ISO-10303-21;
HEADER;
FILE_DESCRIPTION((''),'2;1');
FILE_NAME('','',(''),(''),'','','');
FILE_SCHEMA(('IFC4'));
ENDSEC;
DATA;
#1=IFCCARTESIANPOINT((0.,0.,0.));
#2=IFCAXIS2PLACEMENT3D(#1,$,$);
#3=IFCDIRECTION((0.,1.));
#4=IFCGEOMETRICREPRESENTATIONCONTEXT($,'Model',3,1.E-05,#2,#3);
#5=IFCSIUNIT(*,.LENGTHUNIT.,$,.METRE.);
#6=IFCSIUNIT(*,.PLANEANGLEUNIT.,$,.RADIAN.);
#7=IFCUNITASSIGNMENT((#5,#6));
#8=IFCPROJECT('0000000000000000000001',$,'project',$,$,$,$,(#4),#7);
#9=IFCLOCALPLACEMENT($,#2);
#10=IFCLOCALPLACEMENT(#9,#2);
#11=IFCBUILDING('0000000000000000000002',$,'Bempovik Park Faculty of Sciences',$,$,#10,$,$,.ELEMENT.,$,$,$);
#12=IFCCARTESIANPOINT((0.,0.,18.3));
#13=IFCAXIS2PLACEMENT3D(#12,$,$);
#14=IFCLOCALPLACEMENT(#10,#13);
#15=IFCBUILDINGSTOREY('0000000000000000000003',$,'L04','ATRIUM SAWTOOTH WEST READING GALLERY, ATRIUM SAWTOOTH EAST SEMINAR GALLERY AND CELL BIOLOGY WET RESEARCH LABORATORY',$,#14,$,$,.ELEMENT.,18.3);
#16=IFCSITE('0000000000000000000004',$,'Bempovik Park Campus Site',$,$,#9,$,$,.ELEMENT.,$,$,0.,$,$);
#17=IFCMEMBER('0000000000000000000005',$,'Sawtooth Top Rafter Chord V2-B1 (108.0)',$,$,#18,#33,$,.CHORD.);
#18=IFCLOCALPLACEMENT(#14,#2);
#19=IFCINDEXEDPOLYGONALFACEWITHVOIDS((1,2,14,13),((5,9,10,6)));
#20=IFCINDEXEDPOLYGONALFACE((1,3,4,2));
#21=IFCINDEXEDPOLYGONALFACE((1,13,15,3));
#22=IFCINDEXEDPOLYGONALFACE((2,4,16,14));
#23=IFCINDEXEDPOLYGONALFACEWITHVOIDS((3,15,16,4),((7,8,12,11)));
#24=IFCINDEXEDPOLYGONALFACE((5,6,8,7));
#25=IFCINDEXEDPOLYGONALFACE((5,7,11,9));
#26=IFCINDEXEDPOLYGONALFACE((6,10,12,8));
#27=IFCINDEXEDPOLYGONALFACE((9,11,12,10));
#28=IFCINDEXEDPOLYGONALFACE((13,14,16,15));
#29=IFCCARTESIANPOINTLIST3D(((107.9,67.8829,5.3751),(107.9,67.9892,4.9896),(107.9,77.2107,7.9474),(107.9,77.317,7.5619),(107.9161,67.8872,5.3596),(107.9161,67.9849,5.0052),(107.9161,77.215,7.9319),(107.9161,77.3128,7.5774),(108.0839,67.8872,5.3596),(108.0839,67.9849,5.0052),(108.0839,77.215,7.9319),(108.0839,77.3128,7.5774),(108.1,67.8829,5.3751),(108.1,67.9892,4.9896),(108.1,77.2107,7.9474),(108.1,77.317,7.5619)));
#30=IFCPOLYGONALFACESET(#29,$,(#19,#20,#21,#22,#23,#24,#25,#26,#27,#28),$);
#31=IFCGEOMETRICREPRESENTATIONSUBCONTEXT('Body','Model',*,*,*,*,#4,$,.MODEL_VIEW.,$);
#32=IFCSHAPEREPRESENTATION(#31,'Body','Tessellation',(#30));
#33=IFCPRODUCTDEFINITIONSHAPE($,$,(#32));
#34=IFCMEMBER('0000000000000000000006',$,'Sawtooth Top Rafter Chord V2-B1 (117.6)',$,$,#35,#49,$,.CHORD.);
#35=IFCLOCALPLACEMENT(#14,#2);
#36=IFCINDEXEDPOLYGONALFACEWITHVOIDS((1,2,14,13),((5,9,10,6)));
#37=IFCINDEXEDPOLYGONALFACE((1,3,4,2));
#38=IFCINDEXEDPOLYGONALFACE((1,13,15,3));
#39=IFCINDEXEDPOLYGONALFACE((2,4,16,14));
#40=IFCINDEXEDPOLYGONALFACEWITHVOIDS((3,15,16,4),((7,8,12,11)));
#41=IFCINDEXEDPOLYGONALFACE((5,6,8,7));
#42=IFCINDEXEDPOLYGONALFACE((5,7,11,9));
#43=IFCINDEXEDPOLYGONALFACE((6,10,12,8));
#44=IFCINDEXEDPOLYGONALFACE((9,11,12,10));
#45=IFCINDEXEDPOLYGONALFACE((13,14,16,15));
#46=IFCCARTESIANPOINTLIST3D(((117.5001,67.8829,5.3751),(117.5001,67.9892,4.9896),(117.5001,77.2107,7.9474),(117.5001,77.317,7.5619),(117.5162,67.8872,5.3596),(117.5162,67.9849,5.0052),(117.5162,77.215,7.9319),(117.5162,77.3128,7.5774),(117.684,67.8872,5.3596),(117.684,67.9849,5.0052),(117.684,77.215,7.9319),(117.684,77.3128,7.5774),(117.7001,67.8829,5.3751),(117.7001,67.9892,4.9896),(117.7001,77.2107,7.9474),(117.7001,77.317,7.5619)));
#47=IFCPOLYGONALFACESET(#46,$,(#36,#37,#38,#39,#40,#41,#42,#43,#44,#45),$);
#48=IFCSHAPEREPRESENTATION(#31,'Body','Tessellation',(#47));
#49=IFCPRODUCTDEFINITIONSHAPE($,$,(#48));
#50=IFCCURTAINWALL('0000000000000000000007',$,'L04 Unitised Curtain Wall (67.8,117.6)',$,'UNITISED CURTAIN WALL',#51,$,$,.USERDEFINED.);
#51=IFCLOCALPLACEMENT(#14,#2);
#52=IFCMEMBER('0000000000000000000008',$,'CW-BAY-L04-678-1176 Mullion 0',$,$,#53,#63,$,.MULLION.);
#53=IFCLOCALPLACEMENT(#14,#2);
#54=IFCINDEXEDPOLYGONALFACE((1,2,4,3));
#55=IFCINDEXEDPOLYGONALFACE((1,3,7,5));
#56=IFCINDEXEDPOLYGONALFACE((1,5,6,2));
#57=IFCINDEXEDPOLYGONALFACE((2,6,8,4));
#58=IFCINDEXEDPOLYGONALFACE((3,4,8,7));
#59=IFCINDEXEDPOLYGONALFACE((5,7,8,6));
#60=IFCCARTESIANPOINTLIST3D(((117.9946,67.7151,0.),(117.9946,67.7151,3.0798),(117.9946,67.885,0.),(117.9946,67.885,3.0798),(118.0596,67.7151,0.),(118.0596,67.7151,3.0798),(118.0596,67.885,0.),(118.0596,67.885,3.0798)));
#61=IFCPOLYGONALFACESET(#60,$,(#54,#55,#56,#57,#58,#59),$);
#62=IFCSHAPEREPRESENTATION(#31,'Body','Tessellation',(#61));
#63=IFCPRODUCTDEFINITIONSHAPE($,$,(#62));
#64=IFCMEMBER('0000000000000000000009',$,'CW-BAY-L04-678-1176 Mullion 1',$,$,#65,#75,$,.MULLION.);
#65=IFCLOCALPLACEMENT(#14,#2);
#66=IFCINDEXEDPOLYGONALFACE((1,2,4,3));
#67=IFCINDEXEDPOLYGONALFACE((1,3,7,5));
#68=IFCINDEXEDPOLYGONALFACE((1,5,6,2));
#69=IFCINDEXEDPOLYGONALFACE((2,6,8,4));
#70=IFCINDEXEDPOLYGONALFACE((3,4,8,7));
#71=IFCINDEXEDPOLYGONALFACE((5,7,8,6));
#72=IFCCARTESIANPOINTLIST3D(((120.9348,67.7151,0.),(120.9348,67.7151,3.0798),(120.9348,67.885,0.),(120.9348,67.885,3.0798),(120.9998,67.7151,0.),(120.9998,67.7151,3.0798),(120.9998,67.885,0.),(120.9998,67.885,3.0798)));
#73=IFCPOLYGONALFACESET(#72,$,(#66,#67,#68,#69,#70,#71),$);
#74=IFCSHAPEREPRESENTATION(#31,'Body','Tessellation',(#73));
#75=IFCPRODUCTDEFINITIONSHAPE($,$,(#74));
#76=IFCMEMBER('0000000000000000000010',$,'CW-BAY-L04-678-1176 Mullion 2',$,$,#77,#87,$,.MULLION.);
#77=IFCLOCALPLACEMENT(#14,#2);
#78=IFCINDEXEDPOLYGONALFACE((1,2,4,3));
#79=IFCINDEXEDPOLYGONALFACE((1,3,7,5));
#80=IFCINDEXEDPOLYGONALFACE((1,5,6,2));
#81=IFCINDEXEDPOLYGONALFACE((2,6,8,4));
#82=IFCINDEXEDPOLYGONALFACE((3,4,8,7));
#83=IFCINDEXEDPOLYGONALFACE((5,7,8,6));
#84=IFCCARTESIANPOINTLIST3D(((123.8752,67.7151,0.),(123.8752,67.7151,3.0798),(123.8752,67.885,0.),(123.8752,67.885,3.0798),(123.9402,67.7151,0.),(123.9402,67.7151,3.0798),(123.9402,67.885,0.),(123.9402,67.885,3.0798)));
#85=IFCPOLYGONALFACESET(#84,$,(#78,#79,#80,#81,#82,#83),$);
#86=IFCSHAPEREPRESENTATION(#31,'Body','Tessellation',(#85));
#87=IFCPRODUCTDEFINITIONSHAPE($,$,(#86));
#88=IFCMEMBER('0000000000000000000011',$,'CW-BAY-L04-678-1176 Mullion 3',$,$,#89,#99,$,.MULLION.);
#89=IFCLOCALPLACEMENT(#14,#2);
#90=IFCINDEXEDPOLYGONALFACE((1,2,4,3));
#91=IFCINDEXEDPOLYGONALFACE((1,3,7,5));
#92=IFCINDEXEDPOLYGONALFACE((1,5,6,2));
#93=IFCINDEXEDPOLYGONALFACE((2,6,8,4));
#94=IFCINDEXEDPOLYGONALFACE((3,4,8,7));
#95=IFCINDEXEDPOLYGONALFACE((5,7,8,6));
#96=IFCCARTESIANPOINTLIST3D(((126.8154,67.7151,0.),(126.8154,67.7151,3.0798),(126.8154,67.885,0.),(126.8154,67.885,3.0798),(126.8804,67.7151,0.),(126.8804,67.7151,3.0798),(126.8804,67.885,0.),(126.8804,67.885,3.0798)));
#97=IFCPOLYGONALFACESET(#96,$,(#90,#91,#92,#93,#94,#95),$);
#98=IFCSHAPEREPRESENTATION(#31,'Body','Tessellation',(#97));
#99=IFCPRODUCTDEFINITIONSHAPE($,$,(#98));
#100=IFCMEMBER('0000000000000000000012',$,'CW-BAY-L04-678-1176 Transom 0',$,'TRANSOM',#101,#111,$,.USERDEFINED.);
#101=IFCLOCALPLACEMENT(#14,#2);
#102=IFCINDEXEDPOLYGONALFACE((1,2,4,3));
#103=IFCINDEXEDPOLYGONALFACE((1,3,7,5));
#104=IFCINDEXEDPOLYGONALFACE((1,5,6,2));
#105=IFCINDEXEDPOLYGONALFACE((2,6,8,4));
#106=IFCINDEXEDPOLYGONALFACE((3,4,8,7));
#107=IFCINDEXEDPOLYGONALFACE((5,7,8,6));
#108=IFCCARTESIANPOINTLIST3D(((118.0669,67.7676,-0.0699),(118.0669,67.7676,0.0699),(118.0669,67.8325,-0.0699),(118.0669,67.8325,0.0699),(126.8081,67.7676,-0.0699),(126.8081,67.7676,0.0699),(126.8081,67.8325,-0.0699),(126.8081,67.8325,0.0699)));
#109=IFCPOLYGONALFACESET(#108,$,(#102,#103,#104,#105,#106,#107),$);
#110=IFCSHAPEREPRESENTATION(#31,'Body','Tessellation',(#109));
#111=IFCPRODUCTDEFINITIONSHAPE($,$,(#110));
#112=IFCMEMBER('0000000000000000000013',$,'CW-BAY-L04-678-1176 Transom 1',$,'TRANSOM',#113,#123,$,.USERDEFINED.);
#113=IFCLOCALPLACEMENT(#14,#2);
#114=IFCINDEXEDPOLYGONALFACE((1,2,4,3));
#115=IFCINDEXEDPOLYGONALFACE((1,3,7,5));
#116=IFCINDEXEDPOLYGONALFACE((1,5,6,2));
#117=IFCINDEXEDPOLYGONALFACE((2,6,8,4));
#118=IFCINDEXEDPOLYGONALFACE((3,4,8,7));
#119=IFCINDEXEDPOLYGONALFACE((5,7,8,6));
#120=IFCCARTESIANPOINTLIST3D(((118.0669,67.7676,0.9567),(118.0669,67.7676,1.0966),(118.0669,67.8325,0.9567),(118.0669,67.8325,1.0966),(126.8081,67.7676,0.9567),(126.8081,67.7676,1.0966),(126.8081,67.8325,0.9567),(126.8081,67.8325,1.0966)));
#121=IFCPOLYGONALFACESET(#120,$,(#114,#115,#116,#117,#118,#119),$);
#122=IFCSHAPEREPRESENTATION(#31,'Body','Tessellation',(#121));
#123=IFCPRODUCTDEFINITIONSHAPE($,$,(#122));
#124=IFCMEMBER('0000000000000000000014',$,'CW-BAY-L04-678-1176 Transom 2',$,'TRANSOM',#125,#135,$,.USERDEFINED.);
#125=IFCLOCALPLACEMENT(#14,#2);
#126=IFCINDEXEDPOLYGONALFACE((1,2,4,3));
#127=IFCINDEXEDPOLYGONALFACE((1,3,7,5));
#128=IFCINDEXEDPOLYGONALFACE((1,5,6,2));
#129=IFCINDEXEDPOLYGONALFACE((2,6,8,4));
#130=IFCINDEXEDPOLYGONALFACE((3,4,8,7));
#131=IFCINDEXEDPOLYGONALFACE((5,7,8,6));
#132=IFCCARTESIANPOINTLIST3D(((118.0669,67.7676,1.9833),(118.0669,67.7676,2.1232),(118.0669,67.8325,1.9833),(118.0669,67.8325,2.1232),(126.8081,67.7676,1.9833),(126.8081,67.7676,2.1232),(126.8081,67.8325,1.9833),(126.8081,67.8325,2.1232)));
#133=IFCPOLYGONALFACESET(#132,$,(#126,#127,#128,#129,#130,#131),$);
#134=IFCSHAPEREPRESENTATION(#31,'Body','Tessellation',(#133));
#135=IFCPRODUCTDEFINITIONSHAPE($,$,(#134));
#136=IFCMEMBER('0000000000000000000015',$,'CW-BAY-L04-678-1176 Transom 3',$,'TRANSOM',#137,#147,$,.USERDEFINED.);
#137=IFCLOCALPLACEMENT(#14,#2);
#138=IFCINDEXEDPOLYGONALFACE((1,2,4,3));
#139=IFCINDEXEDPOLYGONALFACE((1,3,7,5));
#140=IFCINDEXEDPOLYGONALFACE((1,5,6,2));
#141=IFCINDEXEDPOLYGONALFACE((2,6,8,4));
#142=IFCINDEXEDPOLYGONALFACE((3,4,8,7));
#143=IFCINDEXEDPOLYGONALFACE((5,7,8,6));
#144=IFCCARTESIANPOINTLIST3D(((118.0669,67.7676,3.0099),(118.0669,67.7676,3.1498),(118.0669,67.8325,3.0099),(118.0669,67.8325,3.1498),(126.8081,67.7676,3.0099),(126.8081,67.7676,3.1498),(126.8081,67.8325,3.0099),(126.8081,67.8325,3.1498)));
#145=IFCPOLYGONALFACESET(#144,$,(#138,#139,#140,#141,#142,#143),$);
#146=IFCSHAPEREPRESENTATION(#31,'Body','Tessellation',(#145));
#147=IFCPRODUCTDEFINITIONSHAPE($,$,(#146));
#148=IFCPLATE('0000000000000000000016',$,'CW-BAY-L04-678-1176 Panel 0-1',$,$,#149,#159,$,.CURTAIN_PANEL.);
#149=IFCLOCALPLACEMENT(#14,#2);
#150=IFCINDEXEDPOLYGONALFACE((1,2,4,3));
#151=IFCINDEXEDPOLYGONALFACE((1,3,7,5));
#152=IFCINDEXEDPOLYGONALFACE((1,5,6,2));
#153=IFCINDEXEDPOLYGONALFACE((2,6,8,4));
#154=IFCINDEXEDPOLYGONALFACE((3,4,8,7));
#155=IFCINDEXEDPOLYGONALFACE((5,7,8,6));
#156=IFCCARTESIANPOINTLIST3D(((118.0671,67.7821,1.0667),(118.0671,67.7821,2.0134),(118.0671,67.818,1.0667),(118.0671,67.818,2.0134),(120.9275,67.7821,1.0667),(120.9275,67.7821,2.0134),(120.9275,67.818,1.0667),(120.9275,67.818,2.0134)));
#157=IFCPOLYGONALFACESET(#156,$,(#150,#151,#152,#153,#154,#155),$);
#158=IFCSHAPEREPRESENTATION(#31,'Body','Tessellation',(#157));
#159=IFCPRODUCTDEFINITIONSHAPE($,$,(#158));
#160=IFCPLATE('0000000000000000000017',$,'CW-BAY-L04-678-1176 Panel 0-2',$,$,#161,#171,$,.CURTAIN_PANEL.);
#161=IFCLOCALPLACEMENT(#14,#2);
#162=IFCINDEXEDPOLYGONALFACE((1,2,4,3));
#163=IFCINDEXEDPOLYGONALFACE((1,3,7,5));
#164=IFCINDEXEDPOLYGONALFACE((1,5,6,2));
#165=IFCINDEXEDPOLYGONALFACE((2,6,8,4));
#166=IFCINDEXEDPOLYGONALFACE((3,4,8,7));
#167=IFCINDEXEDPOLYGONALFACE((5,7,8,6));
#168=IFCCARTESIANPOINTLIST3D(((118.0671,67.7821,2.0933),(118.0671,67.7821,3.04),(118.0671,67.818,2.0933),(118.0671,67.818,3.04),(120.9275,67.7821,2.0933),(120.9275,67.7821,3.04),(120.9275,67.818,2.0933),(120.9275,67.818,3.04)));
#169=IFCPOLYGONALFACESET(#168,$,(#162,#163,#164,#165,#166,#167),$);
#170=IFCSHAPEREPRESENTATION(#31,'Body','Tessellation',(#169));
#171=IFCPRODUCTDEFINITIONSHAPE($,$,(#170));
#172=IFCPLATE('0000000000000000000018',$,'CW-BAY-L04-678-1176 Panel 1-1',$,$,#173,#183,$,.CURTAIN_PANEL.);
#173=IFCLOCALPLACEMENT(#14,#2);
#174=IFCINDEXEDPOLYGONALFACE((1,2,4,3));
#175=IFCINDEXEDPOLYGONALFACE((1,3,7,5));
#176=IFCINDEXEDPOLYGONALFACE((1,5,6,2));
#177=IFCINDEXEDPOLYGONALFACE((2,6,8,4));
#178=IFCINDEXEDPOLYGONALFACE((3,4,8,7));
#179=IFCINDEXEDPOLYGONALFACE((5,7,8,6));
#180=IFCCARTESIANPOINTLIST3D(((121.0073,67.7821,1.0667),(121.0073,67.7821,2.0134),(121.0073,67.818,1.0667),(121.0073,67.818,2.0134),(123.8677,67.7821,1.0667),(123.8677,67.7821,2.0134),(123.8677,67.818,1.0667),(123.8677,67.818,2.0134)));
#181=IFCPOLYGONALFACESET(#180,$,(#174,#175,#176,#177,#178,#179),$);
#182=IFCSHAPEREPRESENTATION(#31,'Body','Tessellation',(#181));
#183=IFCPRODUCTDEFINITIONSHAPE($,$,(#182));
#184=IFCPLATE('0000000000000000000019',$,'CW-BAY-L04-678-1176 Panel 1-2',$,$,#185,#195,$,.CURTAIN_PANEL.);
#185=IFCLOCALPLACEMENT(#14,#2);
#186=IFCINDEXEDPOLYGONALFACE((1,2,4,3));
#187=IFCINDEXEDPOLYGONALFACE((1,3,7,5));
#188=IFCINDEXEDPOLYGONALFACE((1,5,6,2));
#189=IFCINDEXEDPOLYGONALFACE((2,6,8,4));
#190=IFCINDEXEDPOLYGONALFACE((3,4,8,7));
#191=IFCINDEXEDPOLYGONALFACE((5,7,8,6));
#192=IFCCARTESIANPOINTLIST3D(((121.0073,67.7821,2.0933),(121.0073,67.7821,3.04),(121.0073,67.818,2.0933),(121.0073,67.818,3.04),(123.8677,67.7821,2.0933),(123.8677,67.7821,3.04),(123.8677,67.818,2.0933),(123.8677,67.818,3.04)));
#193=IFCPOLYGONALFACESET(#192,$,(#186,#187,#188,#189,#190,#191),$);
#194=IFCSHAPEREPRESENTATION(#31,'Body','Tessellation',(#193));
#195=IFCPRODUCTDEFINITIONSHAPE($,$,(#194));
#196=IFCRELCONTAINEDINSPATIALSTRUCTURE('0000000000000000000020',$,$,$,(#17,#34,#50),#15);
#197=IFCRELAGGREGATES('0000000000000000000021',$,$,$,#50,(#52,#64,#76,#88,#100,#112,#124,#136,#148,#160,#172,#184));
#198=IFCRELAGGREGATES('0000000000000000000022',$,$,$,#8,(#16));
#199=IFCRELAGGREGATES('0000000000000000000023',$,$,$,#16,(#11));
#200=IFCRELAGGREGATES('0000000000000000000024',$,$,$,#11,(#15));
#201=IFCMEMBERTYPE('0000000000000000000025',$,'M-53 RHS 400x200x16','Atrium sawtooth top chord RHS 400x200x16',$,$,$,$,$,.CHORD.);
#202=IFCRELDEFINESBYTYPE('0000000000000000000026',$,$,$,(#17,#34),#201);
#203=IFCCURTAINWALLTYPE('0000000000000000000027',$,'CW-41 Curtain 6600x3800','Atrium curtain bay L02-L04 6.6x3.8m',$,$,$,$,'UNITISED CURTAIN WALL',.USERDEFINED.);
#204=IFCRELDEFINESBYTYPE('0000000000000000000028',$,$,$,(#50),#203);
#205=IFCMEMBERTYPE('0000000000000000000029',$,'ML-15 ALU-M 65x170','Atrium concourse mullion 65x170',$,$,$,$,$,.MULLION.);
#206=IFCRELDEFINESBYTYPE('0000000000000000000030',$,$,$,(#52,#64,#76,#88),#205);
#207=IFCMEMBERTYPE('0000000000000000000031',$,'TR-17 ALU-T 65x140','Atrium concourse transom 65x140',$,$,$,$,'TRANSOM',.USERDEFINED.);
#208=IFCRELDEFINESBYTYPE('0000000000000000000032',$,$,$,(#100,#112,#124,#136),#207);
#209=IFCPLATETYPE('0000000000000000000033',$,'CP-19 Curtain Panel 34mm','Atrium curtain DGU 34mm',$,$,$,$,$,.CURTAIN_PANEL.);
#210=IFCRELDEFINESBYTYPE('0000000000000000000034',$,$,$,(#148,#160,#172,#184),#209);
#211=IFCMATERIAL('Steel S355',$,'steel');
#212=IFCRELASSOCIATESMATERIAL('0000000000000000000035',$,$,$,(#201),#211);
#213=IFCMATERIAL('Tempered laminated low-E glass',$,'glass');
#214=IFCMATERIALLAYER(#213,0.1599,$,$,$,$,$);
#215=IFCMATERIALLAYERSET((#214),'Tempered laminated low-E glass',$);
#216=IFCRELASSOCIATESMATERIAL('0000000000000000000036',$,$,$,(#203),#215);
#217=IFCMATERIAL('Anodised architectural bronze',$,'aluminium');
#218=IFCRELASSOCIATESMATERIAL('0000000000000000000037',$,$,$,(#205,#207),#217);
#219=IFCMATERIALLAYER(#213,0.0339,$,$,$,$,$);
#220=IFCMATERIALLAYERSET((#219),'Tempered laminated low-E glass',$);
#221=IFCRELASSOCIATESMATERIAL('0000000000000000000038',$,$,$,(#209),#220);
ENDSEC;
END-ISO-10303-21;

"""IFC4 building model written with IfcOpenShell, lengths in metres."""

from ifc_helpers import new_model, si_unit, direction, frame, origin, origin_2d, place, context, subcontext, project, spatial, rectangle, hollow_rectangle, extrude, material, layer, layer_set, material_profile, profile_set, type_object, element, aggregate, save


model = new_model("IFC4")

# Units and contexts
model_context = context("Model", 3, precision=1e-05, world=origin(), true_north=direction((0.0, 1.0)))
body_context = subcontext(model_context, "Body", "Model", "MODEL_VIEW")
ifc_project = project(units=[si_unit("LENGTHUNIT", "METRE"), si_unit("PLANEANGLEUNIT", "RADIAN")], contexts=[model_context])

# Site, building, storey
site_placement = place(None, origin())
site = spatial("IfcSite", under=ifc_project, at=site_placement, Name="Bempovik Park Campus Site", CompositionType="ELEMENT", RefElevation=0.0)
building_placement = place(site_placement, origin())
building = spatial("IfcBuilding", under=site, at=building_placement, Name="Bempovik Park Faculty of Sciences", CompositionType="ELEMENT")
storey_placement = place(building_placement, frame((0.0, 0.0, 18.3)))
storey = spatial("IfcBuildingStorey", under=building, at=storey_placement, Name="L04", Description="ATRIUM SAWTOOTH WEST READING GALLERY, ATRIUM SAWTOOTH EAST SEMINAR GALLERY AND CELL BIOLOGY WET RESEARCH LABORATORY", CompositionType="ELEMENT", Elevation=18.3)

# Shared definitions
ifc_material_1 = material(Name="Steel S355", Category="steel")

# Members
ifc_material_profile_1 = material_profile(ifc_material_1, hollow_rectangle(XDim=0.2, YDim=0.3999, WallThickness=0.0161, at=origin_2d()), Name="RHS 400x200x16")
ifc_profile_set_1 = profile_set([ifc_material_profile_1], Name="Steel S355")
member_type_1 = type_object("IfcMemberType", Name="M-53 RHS 400x200x16", Description="Atrium sawtooth top chord RHS 400x200x16", PredefinedType="CHORD", material=ifc_profile_set_1)
for number, where, z_axis, x_axis, name in (
    (1, (108.0, 67.936, 5.1824), (0.0, 0.964018, 0.265838), (-1.0, 0.0, 0.0), "Sawtooth Top Rafter Chord V2-B1 (108.0)"),
    (2, (117.6001, 67.936, 5.1824), (0.0, 0.964018, 0.265838), (-1.0, 0.0, 0.0), "Sawtooth Top Rafter Chord V2-B1 (117.6)"),
):
    element("IfcMember", number, at=place(storey_placement, frame(where, z_axis=z_axis, x_axis=x_axis)), inside=storey, type_object=member_type_1, Name=name, PredefinedType="CHORD", context=body_context, shape_type="SweptSolid", body=[
        extrude(hollow_rectangle(XDim=0.2, YDim=0.3999, WallThickness=0.0161, at=origin_2d()), origin(), (0.0, 0.0, 1.0), 9.676),
    ])

# Curtain wall, members, plates
ifc_material_2 = material(Name="Tempered laminated low-E glass", Category="glass")
ifc_layer_1 = layer(ifc_material_2, 0.1599)
ifc_layer_set_1 = layer_set([ifc_layer_1], Name="Tempered laminated low-E glass")
curtain_wall_type = type_object("IfcCurtainWallType", Name="CW-41 Curtain 6600x3800", Description="Atrium curtain bay L02-L04 6.6x3.8m", ElementType="UNITISED CURTAIN WALL", PredefinedType="USERDEFINED", material=ifc_layer_set_1)
curtain_wall_placement = place(storey_placement, origin())
curtain_wall = element("IfcCurtainWall", 3, at=curtain_wall_placement, inside=storey, type_object=curtain_wall_type, Name="L04 Unitised Curtain Wall (67.8,117.6)", ObjectType="UNITISED CURTAIN WALL", PredefinedType="USERDEFINED")
ifc_material_3 = material(Name="Anodised architectural bronze", Category="aluminium")
ifc_material_profile_2 = material_profile(ifc_material_3, rectangle(XDim=0.0649, YDim=0.1699, at=origin_2d()), Name="ALU-M 65x170")
ifc_profile_set_2 = profile_set([ifc_material_profile_2], Name="Anodised architectural bronze")
member_type_2 = type_object("IfcMemberType", Name="ML-15 ALU-M 65x170", Description="Atrium concourse mullion 65x170", PredefinedType="MULLION", material=ifc_profile_set_2)
member_1_placement = place(storey_placement, frame((118.0271, 67.8, 0.0), z_axis=(0.0, 0.0, 1.0), x_axis=(1.0, 0.0, 0.0)))
member_1 = element("IfcMember", 4, at=member_1_placement, type_object=member_type_2, Name="CW-BAY-L04-678-1176 Mullion 0", PredefinedType="MULLION", context=body_context, shape_type="SweptSolid", body=[
    extrude(rectangle(XDim=0.0649, YDim=0.1699, at=origin_2d()), origin(), (0.0, 0.0, 1.0), 3.0798),
])
member_2_placement = place(storey_placement, frame((120.9673, 67.8, 0.0), z_axis=(0.0, 0.0, 1.0), x_axis=(1.0, 0.0, 0.0)))
member_2 = element("IfcMember", 5, at=member_2_placement, type_object=member_type_2, Name="CW-BAY-L04-678-1176 Mullion 1", PredefinedType="MULLION", context=body_context, shape_type="SweptSolid", body=[
    extrude(rectangle(XDim=0.0649, YDim=0.1699, at=origin_2d()), origin(), (0.0, 0.0, 1.0), 3.0798),
])
member_3_placement = place(storey_placement, frame((123.9077, 67.8, 0.0), z_axis=(0.0, 0.0, 1.0), x_axis=(1.0, 0.0, 0.0)))
member_3 = element("IfcMember", 6, at=member_3_placement, type_object=member_type_2, Name="CW-BAY-L04-678-1176 Mullion 2", PredefinedType="MULLION", context=body_context, shape_type="SweptSolid", body=[
    extrude(rectangle(XDim=0.0649, YDim=0.1699, at=origin_2d()), origin(), (0.0, 0.0, 1.0), 3.0798),
])
member_4_placement = place(storey_placement, frame((126.8479, 67.8, 0.0), z_axis=(0.0, 0.0, 1.0), x_axis=(1.0, 0.0, 0.0)))
member_4 = element("IfcMember", 7, at=member_4_placement, type_object=member_type_2, Name="CW-BAY-L04-678-1176 Mullion 3", PredefinedType="MULLION", context=body_context, shape_type="SweptSolid", body=[
    extrude(rectangle(XDim=0.0649, YDim=0.1699, at=origin_2d()), origin(), (0.0, 0.0, 1.0), 3.0798),
])
ifc_material_profile_3 = material_profile(ifc_material_3, rectangle(XDim=0.0649, YDim=0.1399, at=origin_2d()), Name="ALU-T 65x140")
ifc_profile_set_3 = profile_set([ifc_material_profile_3], Name="Anodised architectural bronze")
member_type_3 = type_object("IfcMemberType", Name="TR-17 ALU-T 65x140", Description="Atrium concourse transom 65x140", ElementType="TRANSOM", PredefinedType="USERDEFINED", material=ifc_profile_set_3)
member_5_placement = place(storey_placement, frame((118.0669, 67.8, 0.0), z_axis=(1.0, 0.0, 0.0), x_axis=(0.0, 1.0, 0.0)))
member_5 = element("IfcMember", 8, at=member_5_placement, type_object=member_type_3, Name="CW-BAY-L04-678-1176 Transom 0", ObjectType="TRANSOM", PredefinedType="USERDEFINED", context=body_context, shape_type="SweptSolid", body=[
    extrude(rectangle(XDim=0.0649, YDim=0.1399, at=origin_2d()), origin(), (0.0, 0.0, 1.0), 8.7412),
])
member_6_placement = place(storey_placement, frame((118.0669, 67.8, 1.0266), z_axis=(1.0, 0.0, 0.0), x_axis=(0.0, 1.0, 0.0)))
member_6 = element("IfcMember", 9, at=member_6_placement, type_object=member_type_3, Name="CW-BAY-L04-678-1176 Transom 1", ObjectType="TRANSOM", PredefinedType="USERDEFINED", context=body_context, shape_type="SweptSolid", body=[
    extrude(rectangle(XDim=0.0649, YDim=0.1399, at=origin_2d()), origin(), (0.0, 0.0, 1.0), 8.7412),
])
member_7_placement = place(storey_placement, frame((118.0669, 67.8, 2.0532), z_axis=(1.0, 0.0, 0.0), x_axis=(0.0, 1.0, 0.0)))
member_7 = element("IfcMember", 10, at=member_7_placement, type_object=member_type_3, Name="CW-BAY-L04-678-1176 Transom 2", ObjectType="TRANSOM", PredefinedType="USERDEFINED", context=body_context, shape_type="SweptSolid", body=[
    extrude(rectangle(XDim=0.0649, YDim=0.1399, at=origin_2d()), origin(), (0.0, 0.0, 1.0), 8.7412),
])
member_8_placement = place(storey_placement, frame((118.0669, 67.8, 3.0798), z_axis=(1.0, 0.0, 0.0), x_axis=(0.0, 1.0, 0.0)))
member_8 = element("IfcMember", 11, at=member_8_placement, type_object=member_type_3, Name="CW-BAY-L04-678-1176 Transom 3", ObjectType="TRANSOM", PredefinedType="USERDEFINED", context=body_context, shape_type="SweptSolid", body=[
    extrude(rectangle(XDim=0.0649, YDim=0.1399, at=origin_2d()), origin(), (0.0, 0.0, 1.0), 8.7412),
])
ifc_layer_2 = layer(ifc_material_2, 0.0339)
ifc_layer_set_2 = layer_set([ifc_layer_2], Name="Tempered laminated low-E glass")
plate_type_1 = type_object("IfcPlateType", Name="CP-19 Curtain Panel 34mm", Description="Atrium curtain DGU 34mm", PredefinedType="CURTAIN_PANEL", material=ifc_layer_set_2)
plate_1_placement = place(storey_placement, frame((119.4973, 67.8, 1.0667), z_axis=(0.0, 0.0, 1.0), x_axis=(1.0, 0.0, 0.0)))
plate_1 = element("IfcPlate", 12, at=plate_1_placement, type_object=plate_type_1, Name="CW-BAY-L04-678-1176 Panel 0-1", PredefinedType="CURTAIN_PANEL", context=body_context, shape_type="SweptSolid", body=[
    extrude(rectangle(XDim=2.8604, YDim=0.0359, at=origin_2d()), origin(), (0.0, 0.0, 1.0), 0.9468),
])
plate_2_placement = place(storey_placement, frame((119.4973, 67.8, 2.0933), z_axis=(0.0, 0.0, 1.0), x_axis=(1.0, 0.0, 0.0)))
plate_2 = element("IfcPlate", 13, at=plate_2_placement, type_object=plate_type_1, Name="CW-BAY-L04-678-1176 Panel 0-2", PredefinedType="CURTAIN_PANEL", context=body_context, shape_type="SweptSolid", body=[
    extrude(rectangle(XDim=2.8604, YDim=0.0359, at=origin_2d()), origin(), (0.0, 0.0, 1.0), 0.9468),
])
plate_3_placement = place(storey_placement, frame((122.4375, 67.8, 1.0667), z_axis=(0.0, 0.0, 1.0), x_axis=(1.0, 0.0, 0.0)))
plate_3 = element("IfcPlate", 14, at=plate_3_placement, type_object=plate_type_1, Name="CW-BAY-L04-678-1176 Panel 1-1", PredefinedType="CURTAIN_PANEL", context=body_context, shape_type="SweptSolid", body=[
    extrude(rectangle(XDim=2.8604, YDim=0.0359, at=origin_2d()), origin(), (0.0, 0.0, 1.0), 0.9468),
])
plate_4_placement = place(storey_placement, frame((122.4375, 67.8, 2.0933), z_axis=(0.0, 0.0, 1.0), x_axis=(1.0, 0.0, 0.0)))
plate_4 = element("IfcPlate", 15, at=plate_4_placement, type_object=plate_type_1, Name="CW-BAY-L04-678-1176 Panel 1-2", PredefinedType="CURTAIN_PANEL", context=body_context, shape_type="SweptSolid", body=[
    extrude(rectangle(XDim=2.8604, YDim=0.0359, at=origin_2d()), origin(), (0.0, 0.0, 1.0), 0.9468),
])
aggregate(curtain_wall, [member_1, member_2, member_3, member_4, member_5, member_6, member_7, member_8, plate_1, plate_2, plate_3, plate_4])

save(model, "model.ifc")
